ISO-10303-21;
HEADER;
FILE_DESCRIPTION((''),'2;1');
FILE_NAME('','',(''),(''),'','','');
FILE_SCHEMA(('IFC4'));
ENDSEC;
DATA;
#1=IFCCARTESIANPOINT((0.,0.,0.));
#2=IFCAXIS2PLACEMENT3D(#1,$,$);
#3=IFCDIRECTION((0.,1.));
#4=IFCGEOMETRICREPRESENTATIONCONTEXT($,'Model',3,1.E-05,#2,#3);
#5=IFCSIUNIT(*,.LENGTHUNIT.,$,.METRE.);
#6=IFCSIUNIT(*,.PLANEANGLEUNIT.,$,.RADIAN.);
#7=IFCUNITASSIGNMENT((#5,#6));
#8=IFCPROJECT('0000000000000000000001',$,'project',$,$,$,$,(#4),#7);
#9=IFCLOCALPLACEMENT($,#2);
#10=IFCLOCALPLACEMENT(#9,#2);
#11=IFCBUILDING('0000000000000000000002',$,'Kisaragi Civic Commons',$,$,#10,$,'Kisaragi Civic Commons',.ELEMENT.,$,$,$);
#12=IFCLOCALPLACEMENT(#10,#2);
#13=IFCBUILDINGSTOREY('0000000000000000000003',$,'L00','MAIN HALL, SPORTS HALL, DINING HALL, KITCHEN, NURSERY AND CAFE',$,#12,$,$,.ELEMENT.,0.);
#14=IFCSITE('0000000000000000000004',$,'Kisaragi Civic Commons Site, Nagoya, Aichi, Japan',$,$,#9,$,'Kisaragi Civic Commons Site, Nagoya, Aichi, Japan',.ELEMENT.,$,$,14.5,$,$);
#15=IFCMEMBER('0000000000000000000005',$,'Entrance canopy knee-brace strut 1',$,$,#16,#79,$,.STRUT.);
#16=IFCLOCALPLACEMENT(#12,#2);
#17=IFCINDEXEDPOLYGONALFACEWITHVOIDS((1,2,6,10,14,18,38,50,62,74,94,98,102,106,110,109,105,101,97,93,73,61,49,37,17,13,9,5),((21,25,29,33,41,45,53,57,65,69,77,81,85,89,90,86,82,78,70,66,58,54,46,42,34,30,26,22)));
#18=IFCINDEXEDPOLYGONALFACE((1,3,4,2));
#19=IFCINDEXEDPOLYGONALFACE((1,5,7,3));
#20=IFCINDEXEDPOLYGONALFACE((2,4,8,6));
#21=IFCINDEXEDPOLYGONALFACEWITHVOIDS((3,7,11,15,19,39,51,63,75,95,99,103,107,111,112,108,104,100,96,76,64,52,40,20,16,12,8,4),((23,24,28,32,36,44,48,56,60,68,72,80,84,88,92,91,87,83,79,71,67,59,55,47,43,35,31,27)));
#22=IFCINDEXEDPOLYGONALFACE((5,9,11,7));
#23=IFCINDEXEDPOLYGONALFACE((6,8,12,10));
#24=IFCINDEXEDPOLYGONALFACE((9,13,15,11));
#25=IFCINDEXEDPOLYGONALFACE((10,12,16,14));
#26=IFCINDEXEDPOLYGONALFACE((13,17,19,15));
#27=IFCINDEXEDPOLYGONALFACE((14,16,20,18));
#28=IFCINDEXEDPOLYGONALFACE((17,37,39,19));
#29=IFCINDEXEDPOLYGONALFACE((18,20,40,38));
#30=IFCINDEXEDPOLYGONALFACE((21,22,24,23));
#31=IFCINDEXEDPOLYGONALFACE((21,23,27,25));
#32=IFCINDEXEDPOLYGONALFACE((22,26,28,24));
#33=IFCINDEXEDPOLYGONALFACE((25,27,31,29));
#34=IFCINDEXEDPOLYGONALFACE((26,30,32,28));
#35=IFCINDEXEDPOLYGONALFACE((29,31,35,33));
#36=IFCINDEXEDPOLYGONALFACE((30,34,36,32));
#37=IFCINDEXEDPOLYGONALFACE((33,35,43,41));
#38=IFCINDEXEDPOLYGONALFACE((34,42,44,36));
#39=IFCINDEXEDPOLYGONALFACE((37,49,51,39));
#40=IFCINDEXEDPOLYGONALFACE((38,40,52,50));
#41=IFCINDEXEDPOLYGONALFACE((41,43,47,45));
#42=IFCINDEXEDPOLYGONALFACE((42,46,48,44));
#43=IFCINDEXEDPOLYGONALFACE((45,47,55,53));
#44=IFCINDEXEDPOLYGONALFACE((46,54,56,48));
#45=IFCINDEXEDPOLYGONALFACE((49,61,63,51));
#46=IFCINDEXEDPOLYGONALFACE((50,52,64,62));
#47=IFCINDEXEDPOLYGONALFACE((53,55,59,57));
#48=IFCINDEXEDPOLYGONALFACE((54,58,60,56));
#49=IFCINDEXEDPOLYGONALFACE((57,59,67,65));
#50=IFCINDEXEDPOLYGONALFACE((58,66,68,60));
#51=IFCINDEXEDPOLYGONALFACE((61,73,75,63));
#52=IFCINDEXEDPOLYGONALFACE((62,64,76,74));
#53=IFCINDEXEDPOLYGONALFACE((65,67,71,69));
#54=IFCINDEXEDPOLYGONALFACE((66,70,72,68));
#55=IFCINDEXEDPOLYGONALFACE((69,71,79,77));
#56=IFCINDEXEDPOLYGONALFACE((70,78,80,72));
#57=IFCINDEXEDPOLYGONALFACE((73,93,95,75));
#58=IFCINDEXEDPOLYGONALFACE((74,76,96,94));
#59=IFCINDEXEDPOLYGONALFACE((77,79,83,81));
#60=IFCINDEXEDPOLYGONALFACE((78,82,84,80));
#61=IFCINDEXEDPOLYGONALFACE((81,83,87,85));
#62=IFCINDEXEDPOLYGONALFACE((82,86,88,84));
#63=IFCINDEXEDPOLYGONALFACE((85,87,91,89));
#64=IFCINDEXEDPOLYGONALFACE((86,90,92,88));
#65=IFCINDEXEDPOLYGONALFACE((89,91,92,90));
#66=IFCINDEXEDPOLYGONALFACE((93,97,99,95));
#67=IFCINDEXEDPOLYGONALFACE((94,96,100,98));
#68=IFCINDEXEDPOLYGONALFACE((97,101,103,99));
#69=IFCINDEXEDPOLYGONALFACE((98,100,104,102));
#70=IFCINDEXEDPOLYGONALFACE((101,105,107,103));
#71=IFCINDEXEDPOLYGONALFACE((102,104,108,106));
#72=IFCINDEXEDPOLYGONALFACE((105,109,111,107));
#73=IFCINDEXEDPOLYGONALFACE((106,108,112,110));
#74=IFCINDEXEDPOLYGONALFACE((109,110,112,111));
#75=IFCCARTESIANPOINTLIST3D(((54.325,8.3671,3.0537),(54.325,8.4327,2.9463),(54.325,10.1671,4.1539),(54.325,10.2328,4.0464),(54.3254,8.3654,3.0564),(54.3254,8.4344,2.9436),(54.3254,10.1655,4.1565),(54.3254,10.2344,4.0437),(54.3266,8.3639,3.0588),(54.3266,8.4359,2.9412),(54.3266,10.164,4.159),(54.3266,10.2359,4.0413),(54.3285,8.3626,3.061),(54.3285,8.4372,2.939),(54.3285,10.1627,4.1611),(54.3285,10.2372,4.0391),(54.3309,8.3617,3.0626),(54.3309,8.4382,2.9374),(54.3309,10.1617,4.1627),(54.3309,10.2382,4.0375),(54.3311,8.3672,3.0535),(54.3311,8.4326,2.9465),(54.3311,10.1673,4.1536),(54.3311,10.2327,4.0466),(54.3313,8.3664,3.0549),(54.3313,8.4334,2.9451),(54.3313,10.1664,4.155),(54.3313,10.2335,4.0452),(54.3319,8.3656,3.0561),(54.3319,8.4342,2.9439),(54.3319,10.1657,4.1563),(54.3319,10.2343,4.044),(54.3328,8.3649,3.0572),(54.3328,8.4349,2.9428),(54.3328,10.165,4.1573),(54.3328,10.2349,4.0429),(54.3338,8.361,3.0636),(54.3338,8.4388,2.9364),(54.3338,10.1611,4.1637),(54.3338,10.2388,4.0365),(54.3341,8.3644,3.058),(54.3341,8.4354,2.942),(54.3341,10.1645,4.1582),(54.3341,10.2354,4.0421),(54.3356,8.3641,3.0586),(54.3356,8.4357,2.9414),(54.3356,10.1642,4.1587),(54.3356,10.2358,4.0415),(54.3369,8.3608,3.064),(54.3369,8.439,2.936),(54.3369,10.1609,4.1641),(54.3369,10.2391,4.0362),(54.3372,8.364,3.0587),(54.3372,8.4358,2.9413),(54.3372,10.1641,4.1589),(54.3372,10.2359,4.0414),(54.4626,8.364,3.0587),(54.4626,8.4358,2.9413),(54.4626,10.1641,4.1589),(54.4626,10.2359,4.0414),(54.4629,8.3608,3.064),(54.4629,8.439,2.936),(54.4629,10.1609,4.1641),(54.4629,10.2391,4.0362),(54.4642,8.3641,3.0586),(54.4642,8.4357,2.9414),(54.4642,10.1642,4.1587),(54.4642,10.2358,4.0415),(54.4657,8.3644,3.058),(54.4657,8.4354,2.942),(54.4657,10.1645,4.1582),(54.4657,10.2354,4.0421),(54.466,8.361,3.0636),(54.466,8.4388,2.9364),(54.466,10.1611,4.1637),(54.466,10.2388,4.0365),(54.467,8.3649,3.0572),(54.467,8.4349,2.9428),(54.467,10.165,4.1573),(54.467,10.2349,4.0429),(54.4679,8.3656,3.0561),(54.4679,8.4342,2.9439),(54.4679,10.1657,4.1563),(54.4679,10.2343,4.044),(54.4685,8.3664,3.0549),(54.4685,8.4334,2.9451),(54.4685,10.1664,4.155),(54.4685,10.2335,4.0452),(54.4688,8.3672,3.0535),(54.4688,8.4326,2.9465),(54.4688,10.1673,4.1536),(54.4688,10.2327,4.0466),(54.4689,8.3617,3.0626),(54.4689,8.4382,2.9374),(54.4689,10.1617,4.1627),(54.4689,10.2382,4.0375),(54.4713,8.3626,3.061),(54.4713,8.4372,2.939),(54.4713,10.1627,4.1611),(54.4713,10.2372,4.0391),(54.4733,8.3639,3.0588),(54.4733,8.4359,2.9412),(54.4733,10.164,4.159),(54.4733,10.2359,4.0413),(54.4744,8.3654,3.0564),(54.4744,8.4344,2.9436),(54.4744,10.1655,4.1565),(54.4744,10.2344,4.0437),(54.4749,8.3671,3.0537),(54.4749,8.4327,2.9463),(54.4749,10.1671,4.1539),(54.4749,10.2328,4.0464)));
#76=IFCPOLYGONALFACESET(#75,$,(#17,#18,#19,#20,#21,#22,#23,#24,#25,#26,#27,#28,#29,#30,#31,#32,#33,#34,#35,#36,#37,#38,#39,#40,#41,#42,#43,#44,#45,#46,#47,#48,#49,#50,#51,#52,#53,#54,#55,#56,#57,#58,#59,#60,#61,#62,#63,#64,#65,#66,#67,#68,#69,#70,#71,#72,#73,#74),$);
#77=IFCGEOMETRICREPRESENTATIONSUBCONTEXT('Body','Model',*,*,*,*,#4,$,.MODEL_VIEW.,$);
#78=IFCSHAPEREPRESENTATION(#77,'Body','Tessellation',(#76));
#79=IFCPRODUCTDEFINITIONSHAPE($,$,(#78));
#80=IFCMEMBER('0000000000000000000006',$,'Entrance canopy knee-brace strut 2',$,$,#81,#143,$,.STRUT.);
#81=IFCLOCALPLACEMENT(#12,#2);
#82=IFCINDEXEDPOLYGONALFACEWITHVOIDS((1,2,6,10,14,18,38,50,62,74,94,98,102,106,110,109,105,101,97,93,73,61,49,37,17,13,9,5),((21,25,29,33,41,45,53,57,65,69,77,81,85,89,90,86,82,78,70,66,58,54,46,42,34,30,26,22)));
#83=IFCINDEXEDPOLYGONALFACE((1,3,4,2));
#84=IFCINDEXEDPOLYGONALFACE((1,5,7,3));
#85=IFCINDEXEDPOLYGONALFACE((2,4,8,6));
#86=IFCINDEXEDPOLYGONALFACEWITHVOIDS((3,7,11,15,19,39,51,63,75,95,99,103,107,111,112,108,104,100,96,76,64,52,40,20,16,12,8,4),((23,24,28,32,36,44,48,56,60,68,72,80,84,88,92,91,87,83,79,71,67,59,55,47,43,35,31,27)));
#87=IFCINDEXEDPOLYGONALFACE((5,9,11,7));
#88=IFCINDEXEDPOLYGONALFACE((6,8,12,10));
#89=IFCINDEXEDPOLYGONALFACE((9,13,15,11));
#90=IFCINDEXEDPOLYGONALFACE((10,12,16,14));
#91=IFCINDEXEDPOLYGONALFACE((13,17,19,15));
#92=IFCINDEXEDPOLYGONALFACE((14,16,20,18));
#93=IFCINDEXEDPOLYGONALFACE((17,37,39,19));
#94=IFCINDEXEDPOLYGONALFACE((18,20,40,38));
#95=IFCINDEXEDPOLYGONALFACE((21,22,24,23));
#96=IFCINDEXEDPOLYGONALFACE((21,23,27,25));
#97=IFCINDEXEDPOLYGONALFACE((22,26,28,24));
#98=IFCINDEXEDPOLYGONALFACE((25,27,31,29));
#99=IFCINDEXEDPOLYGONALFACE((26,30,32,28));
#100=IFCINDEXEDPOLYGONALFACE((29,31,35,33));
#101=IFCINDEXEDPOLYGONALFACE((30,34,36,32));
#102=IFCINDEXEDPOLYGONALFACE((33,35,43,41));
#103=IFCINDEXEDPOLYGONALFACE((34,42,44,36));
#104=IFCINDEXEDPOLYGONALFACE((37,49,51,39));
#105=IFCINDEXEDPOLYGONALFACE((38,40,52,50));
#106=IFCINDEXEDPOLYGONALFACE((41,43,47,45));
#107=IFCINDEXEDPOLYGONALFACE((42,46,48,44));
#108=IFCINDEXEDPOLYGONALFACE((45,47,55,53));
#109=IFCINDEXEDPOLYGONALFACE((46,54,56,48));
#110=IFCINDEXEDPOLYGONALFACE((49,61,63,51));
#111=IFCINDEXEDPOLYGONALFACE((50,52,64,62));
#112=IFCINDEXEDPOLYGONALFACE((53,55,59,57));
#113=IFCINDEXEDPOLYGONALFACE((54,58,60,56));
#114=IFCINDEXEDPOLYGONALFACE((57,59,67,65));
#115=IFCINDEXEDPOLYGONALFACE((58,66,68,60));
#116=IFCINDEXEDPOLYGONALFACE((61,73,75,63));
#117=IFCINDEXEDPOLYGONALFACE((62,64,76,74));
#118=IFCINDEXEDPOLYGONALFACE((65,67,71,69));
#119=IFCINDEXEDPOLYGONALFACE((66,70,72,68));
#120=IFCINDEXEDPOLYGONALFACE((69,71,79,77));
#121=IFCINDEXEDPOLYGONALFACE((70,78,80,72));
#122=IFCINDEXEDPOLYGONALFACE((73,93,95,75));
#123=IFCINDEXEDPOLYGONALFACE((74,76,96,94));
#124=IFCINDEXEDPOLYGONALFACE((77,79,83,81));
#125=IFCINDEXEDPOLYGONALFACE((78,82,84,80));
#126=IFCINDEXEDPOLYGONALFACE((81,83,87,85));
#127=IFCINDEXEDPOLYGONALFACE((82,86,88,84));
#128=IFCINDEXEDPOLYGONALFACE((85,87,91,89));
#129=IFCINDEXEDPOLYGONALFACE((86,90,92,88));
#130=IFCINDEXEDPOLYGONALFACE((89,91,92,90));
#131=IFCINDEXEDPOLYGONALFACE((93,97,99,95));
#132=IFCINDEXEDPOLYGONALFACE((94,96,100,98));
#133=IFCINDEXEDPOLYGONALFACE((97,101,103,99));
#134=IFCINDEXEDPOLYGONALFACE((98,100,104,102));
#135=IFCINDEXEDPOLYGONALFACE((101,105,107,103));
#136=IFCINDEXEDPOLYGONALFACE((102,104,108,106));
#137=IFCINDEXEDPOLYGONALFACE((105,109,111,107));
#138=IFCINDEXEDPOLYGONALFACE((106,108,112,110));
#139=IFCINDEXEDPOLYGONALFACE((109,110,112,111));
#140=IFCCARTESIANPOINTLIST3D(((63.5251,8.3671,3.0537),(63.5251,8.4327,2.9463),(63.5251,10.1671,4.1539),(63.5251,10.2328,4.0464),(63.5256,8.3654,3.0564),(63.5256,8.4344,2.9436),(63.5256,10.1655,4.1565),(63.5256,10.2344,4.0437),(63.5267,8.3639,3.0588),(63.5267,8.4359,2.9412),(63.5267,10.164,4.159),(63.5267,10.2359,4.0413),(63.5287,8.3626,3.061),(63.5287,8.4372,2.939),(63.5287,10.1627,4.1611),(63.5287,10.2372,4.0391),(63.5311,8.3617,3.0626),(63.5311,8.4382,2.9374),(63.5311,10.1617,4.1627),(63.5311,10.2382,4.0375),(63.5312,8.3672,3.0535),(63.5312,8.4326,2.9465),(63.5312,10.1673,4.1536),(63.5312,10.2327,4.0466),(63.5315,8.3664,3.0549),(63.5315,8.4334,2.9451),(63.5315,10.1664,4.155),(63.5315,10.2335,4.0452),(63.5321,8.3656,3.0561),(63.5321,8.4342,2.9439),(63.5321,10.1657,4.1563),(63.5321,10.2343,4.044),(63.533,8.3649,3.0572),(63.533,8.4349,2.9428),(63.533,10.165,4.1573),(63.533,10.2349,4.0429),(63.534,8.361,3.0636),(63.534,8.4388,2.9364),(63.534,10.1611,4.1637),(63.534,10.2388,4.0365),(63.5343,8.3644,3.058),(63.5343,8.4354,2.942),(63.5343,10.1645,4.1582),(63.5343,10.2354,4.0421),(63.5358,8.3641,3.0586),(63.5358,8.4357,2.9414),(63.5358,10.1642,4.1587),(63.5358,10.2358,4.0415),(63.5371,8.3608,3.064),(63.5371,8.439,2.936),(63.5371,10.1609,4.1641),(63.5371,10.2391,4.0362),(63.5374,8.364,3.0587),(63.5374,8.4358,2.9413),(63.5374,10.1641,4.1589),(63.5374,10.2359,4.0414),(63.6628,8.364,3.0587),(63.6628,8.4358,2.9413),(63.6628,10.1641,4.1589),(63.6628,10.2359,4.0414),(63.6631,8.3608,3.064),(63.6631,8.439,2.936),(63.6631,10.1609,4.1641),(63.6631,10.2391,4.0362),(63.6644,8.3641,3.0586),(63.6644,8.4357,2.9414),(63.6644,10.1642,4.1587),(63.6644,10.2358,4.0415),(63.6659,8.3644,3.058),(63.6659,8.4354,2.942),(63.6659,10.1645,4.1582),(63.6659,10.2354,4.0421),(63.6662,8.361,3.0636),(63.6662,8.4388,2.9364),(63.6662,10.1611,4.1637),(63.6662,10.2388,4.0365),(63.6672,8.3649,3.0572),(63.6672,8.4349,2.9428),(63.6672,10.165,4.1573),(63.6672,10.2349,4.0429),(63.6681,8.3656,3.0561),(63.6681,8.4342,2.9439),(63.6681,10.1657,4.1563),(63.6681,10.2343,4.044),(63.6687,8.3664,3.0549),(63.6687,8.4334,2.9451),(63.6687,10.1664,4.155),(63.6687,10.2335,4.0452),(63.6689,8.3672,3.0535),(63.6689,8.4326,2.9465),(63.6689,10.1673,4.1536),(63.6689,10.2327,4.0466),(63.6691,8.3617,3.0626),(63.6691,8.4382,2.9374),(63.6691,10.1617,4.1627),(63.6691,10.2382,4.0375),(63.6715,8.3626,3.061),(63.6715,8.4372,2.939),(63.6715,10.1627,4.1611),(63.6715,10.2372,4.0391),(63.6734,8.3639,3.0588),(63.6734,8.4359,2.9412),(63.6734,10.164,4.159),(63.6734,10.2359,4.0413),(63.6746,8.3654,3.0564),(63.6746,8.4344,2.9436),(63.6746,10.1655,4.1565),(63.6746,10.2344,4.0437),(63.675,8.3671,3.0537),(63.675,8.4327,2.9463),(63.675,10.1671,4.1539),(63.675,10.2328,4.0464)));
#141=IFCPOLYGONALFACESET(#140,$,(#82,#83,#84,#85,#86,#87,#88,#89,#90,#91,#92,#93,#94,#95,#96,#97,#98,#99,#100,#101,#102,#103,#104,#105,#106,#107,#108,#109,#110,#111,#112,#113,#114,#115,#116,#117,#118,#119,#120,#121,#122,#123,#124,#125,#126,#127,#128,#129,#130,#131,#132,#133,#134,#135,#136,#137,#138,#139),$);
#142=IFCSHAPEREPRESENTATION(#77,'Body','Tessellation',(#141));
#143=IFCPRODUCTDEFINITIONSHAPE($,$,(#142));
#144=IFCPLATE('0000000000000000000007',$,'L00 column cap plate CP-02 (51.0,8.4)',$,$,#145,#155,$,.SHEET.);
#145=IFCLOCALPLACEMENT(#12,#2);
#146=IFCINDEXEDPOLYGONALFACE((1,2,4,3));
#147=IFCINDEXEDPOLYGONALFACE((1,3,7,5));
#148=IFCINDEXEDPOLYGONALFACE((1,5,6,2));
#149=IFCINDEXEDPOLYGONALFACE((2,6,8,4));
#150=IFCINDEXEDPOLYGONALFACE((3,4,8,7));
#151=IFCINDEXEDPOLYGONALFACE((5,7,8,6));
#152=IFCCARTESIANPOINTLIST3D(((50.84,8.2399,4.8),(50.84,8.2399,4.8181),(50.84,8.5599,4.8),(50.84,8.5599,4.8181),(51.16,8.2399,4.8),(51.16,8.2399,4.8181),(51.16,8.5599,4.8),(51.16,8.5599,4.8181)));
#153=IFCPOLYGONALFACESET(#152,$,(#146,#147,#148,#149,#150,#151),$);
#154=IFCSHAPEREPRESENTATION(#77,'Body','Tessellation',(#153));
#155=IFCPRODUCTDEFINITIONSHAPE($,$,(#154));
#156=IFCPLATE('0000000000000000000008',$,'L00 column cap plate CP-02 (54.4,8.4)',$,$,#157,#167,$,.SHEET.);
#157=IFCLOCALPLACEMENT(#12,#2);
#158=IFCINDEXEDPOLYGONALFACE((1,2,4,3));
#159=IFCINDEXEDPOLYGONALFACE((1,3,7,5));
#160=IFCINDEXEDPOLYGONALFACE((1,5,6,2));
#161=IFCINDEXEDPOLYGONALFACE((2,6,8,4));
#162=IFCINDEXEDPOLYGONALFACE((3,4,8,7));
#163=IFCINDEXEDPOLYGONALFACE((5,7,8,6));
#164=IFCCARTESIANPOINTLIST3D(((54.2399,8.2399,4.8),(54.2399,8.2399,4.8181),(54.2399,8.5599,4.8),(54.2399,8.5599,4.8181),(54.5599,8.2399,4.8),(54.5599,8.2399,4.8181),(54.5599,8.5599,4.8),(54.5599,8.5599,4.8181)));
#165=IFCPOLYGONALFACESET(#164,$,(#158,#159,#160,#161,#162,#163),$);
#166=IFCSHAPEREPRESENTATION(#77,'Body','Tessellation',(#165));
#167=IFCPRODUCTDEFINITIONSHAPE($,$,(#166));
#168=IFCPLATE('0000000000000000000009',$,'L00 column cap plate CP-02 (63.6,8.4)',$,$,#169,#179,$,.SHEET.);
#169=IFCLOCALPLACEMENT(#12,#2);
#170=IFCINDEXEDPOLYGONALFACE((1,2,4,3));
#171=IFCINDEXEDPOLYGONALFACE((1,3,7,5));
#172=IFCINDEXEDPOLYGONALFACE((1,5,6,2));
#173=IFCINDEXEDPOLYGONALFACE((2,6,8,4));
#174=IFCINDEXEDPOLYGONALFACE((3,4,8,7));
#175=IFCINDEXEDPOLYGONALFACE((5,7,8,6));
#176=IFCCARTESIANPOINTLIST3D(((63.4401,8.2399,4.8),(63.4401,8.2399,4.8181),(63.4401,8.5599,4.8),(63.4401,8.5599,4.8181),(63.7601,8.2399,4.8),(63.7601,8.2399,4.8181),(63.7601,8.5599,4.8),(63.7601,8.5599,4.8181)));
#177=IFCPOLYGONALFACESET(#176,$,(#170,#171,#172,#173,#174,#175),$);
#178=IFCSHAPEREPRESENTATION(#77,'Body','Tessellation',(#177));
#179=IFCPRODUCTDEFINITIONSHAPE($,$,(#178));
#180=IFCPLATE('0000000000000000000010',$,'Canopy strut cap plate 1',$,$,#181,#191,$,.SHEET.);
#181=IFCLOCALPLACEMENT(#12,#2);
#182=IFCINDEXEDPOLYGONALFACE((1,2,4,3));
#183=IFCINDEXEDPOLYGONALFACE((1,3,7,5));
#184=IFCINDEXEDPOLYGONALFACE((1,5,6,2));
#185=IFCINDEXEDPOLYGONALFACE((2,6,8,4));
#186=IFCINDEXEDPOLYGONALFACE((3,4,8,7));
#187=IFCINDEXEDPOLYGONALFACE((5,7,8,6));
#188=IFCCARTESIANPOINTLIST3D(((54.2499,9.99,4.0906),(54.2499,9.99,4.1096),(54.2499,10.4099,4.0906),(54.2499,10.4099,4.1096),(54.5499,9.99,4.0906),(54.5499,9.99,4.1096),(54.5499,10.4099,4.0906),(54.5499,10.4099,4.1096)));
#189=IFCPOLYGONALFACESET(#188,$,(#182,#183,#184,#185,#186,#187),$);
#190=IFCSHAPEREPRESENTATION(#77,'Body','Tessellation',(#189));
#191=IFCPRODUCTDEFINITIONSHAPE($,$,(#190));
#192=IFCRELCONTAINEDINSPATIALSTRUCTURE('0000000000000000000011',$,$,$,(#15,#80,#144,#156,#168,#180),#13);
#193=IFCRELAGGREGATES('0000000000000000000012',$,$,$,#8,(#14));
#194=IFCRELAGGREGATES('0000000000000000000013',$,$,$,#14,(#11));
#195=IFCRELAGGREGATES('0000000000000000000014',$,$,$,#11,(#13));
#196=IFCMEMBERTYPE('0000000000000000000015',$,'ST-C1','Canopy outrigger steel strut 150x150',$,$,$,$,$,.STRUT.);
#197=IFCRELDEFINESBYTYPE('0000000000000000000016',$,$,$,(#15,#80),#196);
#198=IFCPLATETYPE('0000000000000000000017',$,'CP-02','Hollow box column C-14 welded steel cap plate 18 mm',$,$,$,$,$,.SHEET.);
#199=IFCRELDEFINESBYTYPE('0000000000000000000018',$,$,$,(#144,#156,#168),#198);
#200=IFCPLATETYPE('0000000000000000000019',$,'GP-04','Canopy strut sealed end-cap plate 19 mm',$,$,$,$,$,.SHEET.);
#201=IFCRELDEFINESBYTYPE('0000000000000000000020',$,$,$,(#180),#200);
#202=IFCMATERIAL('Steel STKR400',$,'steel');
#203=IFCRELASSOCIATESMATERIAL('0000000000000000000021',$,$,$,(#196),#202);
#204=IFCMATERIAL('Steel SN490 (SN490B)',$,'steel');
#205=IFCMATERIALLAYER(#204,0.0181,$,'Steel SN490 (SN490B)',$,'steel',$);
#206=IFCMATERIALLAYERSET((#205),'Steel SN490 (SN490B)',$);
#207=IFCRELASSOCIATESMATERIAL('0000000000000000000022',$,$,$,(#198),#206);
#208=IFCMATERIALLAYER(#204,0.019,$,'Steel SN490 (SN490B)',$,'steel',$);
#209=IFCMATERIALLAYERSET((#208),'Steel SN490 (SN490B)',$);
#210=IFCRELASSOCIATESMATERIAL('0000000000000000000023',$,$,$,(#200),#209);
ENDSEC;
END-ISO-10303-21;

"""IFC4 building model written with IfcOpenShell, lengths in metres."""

from ifc_helpers import new_model, si_unit, direction, frame, origin, origin_2d, place, context, subcontext, project, spatial, rectangle, hollow_rectangle, extrude, material, layer, layer_set, material_profile, profile_set, type_object, element, save


model = new_model("IFC4")

# Units and contexts
model_context = context("Model", 3, precision=1e-05, world=origin(), true_north=direction((0.0, 1.0)))
body_context = subcontext(model_context, "Body", "Model", "MODEL_VIEW")
ifc_project = project(units=[si_unit("LENGTHUNIT", "METRE"), si_unit("PLANEANGLEUNIT", "RADIAN")], contexts=[model_context])

# Site, building, storey
site_placement = place(None, origin())
site = spatial("IfcSite", under=ifc_project, at=site_placement, Name="Kisaragi Civic Commons Site, Nagoya, Aichi, Japan", LongName="Kisaragi Civic Commons Site, Nagoya, Aichi, Japan", CompositionType="ELEMENT", RefElevation=14.5)
building_placement = place(site_placement, origin())
building = spatial("IfcBuilding", under=site, at=building_placement, Name="Kisaragi Civic Commons", LongName="Kisaragi Civic Commons", CompositionType="ELEMENT")
storey_placement = place(building_placement, origin())
storey = spatial("IfcBuildingStorey", under=building, at=storey_placement, Name="L00", Description="MAIN HALL, SPORTS HALL, DINING HALL, KITCHEN, NURSERY AND CAFE", CompositionType="ELEMENT", Elevation=0.0)

# Shared definitions
ifc_material_1 = material(Name="Steel SN490 (SN490B)", Category="steel")

# Members
ifc_material_2 = material(Name="Steel STKR400", Category="steel")
ifc_material_profile_1 = material_profile(ifc_material_2, hollow_rectangle(XDim=0.1499, YDim=0.1499, WallThickness=0.0061, InnerFilletRadius=0.0061, OuterFilletRadius=0.012, at=origin_2d()), Name="STKR-150x150x6", Category="steel")
ifc_profile_set_1 = profile_set([ifc_material_profile_1], Name="Steel STKR400")
member_type = type_object("IfcMemberType", Name="ST-C1", Description="Canopy outrigger steel strut 150x150", PredefinedType="STRUT", material=ifc_profile_set_1)
for number, where, z_axis, x_axis, name in (
    (1, (54.3999, 8.3999, 3.0), (0.0, 0.853268, 0.521473), (-1.0, 0.0, 0.0), "Entrance canopy knee-brace strut 1"),
    (2, (63.6001, 8.3999, 3.0), (0.0, 0.853268, 0.521473), (-1.0, 0.0, 0.0), "Entrance canopy knee-brace strut 2"),
):
    element("IfcMember", number, at=place(storey_placement, frame(where, z_axis=z_axis, x_axis=x_axis)), inside=storey, type_object=member_type, Name=name, PredefinedType="STRUT", context=body_context, shape_type="SweptSolid", body=[
        extrude(hollow_rectangle(XDim=0.1499, YDim=0.1499, WallThickness=0.0061, InnerFilletRadius=0.0061, OuterFilletRadius=0.012, at=origin_2d()), origin(), (0.0, 0.0, 1.0), 2.1096),
    ])

# Plates
ifc_layer_1 = layer(ifc_material_1, 0.0181, Name="Steel SN490 (SN490B)", Category="steel")
ifc_layer_set_1 = layer_set([ifc_layer_1], Name="Steel SN490 (SN490B)")
plate_type_1 = type_object("IfcPlateType", Name="CP-02", Description="Hollow box column C-14 welded steel cap plate 18 mm", PredefinedType="SHEET", material=ifc_layer_set_1)
for number, where, z_axis, x_axis, name in (
    (3, (51.0, 8.3999, 4.8), (0.0, 0.0, 1.0), (1.0, 0.0, 0.0), "L00 column cap plate CP-02 (51.0,8.4)"),
    (4, (54.3999, 8.3999, 4.8), (0.0, 0.0, 1.0), (1.0, 0.0, 0.0), "L00 column cap plate CP-02 (54.4,8.4)"),
    (5, (63.6001, 8.3999, 4.8), (0.0, 0.0, 1.0), (1.0, 0.0, 0.0), "L00 column cap plate CP-02 (63.6,8.4)"),
):
    element("IfcPlate", number, at=place(storey_placement, frame(where, z_axis=z_axis, x_axis=x_axis)), inside=storey, type_object=plate_type_1, Name=name, PredefinedType="SHEET", context=body_context, shape_type="SweptSolid", body=[
        extrude(rectangle(XDim=0.3201, YDim=0.3201, at=origin_2d()), origin(), (0.0, 0.0, 1.0), 0.0181),
    ])
ifc_layer_2 = layer(ifc_material_1, 0.019, Name="Steel SN490 (SN490B)", Category="steel")
ifc_layer_set_2 = layer_set([ifc_layer_2], Name="Steel SN490 (SN490B)")
plate_type_2 = type_object("IfcPlateType", Name="GP-04", Description="Canopy strut sealed end-cap plate 19 mm", PredefinedType="SHEET", material=ifc_layer_set_2)
plate_placement = place(storey_placement, frame((54.3999, 10.2, 4.0906), z_axis=(0.0, 0.0, 1.0), x_axis=(0.0, 1.0, 0.0)))
element("IfcPlate", 6, at=plate_placement, inside=storey, type_object=plate_type_2, Name="Canopy strut cap plate 1", PredefinedType="SHEET", context=body_context, shape_type="SweptSolid", body=[
    extrude(rectangle(XDim=0.4199, YDim=0.3, at=origin_2d()), origin(), (0.0, 0.0, 1.0), 0.019),
])

save(model, "model.ifc")
